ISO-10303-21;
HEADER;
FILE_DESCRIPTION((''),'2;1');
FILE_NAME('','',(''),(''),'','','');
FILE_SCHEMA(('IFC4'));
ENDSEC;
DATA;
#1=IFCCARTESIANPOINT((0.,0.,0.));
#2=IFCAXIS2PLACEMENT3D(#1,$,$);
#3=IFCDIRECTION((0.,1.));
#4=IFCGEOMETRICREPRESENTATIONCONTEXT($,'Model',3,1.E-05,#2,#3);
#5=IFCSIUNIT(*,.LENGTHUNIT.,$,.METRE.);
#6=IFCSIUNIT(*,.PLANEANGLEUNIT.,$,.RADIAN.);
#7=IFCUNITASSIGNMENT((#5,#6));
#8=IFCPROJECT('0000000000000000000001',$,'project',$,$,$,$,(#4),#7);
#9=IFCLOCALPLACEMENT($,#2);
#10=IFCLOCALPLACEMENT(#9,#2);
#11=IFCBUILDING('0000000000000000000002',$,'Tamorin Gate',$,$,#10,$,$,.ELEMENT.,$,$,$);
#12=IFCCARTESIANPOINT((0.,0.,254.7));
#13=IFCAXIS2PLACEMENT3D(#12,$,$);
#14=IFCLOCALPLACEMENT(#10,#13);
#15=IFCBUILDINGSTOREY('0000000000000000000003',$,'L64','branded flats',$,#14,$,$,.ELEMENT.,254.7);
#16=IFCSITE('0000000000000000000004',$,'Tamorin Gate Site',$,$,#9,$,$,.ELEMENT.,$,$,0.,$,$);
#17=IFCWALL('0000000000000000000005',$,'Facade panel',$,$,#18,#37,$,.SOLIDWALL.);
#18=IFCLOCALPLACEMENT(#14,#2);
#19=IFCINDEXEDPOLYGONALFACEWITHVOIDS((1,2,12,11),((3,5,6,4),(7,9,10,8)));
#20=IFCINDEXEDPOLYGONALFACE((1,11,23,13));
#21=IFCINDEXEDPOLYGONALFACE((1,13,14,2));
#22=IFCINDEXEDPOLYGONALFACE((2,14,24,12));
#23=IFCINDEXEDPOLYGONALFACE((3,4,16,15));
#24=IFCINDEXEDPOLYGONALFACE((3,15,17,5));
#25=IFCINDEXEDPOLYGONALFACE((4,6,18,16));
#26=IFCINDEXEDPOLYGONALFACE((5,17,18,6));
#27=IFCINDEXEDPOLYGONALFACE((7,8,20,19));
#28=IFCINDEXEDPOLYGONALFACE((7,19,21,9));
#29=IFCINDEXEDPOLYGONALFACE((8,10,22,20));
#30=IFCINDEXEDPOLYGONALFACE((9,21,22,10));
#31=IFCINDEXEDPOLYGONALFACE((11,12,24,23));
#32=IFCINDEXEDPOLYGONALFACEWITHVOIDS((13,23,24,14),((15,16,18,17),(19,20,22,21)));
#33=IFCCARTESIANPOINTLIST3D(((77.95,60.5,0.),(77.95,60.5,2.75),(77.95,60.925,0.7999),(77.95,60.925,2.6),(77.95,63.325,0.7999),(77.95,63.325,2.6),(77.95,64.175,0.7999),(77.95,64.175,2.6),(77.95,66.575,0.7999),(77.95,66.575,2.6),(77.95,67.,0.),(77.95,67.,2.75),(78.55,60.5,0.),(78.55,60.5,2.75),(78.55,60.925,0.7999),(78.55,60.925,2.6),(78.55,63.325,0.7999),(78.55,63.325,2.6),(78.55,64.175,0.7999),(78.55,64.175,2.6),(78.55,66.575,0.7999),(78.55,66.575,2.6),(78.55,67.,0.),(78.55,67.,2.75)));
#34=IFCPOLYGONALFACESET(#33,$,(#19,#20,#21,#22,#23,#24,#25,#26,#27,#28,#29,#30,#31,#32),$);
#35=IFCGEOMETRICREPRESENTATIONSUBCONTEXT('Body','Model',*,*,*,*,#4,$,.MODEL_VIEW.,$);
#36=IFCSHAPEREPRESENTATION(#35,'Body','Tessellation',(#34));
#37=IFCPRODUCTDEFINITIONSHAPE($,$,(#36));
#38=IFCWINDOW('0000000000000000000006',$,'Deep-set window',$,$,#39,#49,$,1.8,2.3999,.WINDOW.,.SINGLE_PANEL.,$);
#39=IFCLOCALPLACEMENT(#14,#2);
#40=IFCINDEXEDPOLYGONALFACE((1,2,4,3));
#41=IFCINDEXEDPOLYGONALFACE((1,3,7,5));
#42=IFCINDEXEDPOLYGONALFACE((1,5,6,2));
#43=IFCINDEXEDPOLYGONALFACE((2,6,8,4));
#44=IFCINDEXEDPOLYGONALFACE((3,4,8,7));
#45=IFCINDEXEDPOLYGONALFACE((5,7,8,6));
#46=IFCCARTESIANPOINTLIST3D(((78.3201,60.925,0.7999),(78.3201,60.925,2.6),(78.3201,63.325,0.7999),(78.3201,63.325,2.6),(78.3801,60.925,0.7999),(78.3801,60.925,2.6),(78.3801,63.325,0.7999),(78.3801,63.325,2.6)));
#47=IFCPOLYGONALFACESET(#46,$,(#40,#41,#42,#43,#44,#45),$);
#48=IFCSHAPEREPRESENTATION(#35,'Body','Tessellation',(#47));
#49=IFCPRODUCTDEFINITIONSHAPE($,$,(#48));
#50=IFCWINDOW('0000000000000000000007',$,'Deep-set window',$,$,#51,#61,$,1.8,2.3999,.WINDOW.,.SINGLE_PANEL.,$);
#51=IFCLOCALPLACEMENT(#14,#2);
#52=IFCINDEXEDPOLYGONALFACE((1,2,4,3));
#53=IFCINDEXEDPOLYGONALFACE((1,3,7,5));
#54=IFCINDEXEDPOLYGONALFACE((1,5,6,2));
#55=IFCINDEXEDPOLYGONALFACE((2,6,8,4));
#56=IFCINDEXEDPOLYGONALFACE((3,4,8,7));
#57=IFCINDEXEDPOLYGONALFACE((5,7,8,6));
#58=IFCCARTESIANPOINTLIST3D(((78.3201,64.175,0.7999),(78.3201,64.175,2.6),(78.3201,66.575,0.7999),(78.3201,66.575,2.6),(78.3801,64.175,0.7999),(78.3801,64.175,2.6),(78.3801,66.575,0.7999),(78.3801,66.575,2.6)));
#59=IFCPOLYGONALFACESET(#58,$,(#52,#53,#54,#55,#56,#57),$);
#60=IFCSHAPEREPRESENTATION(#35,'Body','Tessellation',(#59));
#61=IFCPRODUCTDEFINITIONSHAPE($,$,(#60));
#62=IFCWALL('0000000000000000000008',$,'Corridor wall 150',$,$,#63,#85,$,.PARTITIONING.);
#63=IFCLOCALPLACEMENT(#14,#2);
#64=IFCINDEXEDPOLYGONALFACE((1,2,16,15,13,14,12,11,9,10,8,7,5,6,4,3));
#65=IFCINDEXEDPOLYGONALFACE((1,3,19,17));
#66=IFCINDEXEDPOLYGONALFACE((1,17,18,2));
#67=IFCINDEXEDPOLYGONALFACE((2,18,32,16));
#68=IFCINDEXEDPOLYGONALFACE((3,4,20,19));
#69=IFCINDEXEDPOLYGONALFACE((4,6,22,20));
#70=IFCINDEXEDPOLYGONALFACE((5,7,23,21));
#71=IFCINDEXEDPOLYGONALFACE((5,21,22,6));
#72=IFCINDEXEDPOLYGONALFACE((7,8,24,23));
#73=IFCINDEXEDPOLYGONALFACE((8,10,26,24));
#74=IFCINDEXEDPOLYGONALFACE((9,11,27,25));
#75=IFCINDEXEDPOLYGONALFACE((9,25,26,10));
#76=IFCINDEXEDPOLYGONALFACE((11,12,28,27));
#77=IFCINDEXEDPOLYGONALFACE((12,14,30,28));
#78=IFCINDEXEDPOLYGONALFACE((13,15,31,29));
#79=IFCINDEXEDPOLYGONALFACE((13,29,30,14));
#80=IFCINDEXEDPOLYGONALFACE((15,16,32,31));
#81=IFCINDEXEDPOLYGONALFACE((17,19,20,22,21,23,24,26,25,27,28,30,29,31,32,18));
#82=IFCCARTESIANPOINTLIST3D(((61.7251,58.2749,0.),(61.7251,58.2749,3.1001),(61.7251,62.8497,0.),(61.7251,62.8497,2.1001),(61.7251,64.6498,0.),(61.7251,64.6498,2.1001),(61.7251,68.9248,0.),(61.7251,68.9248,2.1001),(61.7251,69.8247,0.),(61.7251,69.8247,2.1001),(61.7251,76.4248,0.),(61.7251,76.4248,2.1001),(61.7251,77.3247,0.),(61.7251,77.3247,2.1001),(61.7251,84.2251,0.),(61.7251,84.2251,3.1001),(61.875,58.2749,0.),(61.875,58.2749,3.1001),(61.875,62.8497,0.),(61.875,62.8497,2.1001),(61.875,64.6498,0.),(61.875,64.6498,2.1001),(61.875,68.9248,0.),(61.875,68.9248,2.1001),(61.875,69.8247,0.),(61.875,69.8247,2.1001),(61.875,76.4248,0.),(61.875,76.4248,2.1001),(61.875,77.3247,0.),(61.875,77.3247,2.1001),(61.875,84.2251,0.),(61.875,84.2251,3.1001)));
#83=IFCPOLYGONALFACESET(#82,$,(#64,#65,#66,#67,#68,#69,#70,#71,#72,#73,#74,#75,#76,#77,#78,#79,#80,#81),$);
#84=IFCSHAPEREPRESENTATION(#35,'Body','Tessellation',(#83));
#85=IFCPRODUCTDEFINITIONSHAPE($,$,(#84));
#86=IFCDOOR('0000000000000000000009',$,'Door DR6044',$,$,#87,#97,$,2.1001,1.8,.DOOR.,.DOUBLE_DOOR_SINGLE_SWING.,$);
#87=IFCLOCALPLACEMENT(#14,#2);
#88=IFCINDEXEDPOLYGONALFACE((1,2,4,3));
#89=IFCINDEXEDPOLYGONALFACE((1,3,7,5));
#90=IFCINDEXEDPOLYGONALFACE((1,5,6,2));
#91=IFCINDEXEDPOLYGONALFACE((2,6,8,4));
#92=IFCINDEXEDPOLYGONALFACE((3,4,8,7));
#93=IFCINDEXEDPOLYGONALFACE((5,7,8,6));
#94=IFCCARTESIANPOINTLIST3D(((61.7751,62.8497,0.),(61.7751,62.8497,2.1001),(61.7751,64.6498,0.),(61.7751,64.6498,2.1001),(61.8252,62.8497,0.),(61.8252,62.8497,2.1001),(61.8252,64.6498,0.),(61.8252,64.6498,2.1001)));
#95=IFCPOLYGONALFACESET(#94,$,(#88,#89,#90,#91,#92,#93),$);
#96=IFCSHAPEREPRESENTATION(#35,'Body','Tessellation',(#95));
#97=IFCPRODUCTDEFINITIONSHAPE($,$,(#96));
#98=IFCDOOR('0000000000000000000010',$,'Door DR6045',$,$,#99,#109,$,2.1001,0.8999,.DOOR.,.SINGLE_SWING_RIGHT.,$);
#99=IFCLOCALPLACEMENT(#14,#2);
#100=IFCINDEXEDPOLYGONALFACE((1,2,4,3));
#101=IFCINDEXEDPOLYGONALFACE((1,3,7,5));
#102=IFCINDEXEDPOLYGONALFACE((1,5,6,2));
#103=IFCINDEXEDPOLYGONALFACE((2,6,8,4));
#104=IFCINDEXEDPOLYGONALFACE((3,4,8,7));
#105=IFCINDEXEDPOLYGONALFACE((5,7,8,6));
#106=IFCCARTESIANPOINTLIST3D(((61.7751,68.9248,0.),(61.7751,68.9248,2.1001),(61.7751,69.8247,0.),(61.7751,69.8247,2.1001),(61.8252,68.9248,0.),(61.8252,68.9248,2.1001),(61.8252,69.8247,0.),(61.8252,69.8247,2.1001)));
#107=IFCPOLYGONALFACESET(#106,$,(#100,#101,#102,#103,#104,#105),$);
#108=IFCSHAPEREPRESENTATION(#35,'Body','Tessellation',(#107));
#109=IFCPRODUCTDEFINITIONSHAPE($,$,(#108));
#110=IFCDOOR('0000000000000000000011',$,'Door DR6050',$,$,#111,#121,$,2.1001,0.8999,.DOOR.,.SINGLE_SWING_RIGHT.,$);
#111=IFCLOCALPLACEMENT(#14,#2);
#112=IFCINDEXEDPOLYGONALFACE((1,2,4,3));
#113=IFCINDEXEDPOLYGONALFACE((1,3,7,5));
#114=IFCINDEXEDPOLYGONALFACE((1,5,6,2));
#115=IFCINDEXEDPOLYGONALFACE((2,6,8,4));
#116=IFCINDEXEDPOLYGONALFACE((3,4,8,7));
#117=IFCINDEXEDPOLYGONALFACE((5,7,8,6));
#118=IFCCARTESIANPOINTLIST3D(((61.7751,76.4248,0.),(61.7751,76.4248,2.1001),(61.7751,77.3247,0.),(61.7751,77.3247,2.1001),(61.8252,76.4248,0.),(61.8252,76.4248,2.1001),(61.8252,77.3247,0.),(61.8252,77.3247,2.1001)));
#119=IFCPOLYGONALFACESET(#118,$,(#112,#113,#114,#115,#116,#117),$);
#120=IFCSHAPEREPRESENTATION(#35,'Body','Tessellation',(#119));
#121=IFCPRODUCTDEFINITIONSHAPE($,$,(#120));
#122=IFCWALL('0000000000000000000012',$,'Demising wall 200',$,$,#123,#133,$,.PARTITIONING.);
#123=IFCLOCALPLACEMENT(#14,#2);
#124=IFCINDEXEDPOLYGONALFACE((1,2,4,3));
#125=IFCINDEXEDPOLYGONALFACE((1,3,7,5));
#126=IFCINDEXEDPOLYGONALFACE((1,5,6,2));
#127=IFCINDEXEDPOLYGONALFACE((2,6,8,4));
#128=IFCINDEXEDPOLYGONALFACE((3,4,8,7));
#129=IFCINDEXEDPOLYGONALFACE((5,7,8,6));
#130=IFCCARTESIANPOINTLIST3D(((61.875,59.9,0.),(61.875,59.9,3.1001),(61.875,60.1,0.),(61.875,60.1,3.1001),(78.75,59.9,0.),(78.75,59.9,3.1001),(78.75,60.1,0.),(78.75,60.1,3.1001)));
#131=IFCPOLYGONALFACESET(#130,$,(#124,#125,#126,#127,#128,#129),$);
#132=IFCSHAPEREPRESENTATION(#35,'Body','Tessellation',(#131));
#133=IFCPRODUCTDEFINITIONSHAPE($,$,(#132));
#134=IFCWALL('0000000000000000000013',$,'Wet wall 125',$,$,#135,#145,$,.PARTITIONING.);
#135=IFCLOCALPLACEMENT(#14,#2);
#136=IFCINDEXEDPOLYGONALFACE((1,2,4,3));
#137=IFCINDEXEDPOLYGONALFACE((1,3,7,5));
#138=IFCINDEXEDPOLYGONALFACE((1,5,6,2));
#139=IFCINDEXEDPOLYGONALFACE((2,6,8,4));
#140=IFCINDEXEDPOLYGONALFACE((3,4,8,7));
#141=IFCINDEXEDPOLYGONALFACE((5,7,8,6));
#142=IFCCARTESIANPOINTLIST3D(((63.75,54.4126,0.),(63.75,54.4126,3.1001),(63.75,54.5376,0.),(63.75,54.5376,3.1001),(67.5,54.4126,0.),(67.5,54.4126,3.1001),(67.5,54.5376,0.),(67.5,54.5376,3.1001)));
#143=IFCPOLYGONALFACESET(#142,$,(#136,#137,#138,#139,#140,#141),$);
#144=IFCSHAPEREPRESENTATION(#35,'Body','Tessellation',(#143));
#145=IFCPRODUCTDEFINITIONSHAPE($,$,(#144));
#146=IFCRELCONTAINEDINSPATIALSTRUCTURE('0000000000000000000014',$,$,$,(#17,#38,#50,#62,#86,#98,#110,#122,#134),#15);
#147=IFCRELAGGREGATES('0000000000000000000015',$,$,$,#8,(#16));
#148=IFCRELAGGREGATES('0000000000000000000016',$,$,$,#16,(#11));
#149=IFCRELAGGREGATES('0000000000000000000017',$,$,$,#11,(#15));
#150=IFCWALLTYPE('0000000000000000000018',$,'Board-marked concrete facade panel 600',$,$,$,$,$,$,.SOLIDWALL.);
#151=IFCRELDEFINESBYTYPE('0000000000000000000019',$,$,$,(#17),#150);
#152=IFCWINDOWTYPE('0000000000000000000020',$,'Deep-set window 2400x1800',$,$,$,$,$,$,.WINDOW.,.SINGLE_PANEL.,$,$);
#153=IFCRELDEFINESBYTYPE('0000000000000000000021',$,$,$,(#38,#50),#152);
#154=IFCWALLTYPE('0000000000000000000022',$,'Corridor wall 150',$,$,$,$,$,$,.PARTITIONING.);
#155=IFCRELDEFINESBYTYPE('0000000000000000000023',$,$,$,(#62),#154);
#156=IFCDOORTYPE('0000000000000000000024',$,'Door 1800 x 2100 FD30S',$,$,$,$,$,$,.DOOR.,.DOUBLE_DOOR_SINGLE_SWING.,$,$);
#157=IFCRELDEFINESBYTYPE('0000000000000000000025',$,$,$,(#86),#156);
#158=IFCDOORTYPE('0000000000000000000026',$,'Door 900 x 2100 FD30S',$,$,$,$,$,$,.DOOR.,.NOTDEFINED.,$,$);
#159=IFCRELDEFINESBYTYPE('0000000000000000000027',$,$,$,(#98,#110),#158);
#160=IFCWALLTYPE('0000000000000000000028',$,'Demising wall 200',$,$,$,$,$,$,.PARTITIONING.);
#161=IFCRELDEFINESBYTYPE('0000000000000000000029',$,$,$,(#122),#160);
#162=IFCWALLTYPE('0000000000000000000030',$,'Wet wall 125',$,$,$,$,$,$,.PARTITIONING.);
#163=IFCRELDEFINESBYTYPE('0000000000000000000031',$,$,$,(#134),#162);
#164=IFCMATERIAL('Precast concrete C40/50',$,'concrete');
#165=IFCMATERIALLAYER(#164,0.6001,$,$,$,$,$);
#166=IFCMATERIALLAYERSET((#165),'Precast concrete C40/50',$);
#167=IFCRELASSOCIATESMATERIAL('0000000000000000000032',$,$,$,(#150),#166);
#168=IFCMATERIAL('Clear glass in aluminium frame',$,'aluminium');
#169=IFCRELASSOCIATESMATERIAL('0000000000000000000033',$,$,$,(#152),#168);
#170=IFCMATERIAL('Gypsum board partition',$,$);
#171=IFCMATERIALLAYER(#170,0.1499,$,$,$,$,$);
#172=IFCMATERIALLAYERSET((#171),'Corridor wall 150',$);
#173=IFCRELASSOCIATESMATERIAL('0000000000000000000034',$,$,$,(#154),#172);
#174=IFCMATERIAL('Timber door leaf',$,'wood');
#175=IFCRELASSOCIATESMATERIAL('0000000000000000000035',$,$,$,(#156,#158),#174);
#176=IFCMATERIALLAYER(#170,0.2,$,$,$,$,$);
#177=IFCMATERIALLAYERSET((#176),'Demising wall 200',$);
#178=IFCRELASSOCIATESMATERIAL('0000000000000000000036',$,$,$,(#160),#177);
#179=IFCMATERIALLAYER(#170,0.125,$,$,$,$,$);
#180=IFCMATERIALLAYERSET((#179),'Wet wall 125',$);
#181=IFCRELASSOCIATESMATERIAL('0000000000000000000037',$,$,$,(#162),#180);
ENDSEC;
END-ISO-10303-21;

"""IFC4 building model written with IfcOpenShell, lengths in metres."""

from ifc_helpers import new_model, si_unit, direction, frame, frame_2d, origin, place, context, subcontext, project, spatial, rectangle, extrude, material, layer, layer_set, type_object, element, fill, save


model = new_model("IFC4")

# Units and contexts
model_context = context("Model", 3, precision=1e-05, world=origin(), true_north=direction((0.0, 1.0)))
body_context = subcontext(model_context, "Body", "Model", "MODEL_VIEW")
ifc_project = project(units=[si_unit("LENGTHUNIT", "METRE"), si_unit("PLANEANGLEUNIT", "RADIAN")], contexts=[model_context])

# Site, building, storey
site_placement = place(None, origin())
site = spatial("IfcSite", under=ifc_project, at=site_placement, Name="Tamorin Gate Site", CompositionType="ELEMENT", RefElevation=0.0)
building_placement = place(site_placement, origin())
building = spatial("IfcBuilding", under=site, at=building_placement, Name="Tamorin Gate", CompositionType="ELEMENT")
storey_placement = place(building_placement, frame((0.0, 0.0, 254.7)))
storey = spatial("IfcBuildingStorey", under=building, at=storey_placement, Name="L64", Description="branded flats", CompositionType="ELEMENT", Elevation=254.7)

# Wall, openings, windows
ifc_material_1 = material(Name="Precast concrete C40/50", Category="concrete")
ifc_layer_1 = layer(ifc_material_1, 0.6001)
ifc_layer_set_1 = layer_set([ifc_layer_1], Name="Precast concrete C40/50")
wall_type_1 = type_object("IfcWallType", Name="Board-marked concrete facade panel 600", PredefinedType="SOLIDWALL", material=ifc_layer_set_1)
ifc_material_2 = material(Name="Clear glass in aluminium frame", Category="aluminium")
window_type = type_object("IfcWindowType", Name="Deep-set window 2400x1800", PartitioningType="SINGLE_PANEL", PredefinedType="WINDOW", material=ifc_material_2)
wall_1_placement = place(storey_placement, frame((78.25, 60.5, 0.0), z_axis=(0.0, 0.0, 1.0), x_axis=(0.0, 1.0, 0.0)))
wall_1 = element("IfcWall", 1, at=wall_1_placement, inside=storey, type_object=wall_type_1, Name="Facade panel", PredefinedType="SOLIDWALL", context=body_context, shape_type="SweptSolid", body=[
    extrude(rectangle(XDim=6.5, YDim=0.6001, at=frame_2d((3.25, 0.0))), origin(), (0.0, 0.0, 1.0), 2.75),
])
opening_1_placement = place(wall_1_placement, frame((0.425, 0.0, 0.8)))
opening_1 = element("IfcOpeningElement", 2, at=opening_1_placement, cuts=wall_1, PredefinedType="OPENING", context=body_context, shape_type="SweptSolid", body=[
    extrude(rectangle(XDim=2.3999, YDim=1.8, at=frame_2d((1.2, 0.8999))), frame((0.0, 0.3101, 0.0), z_axis=(0.0, -1.0, 0.0), x_axis=(1.0, 0.0, 0.0)), (0.0, 0.0, 1.0), 0.6201),
])
opening_2_placement = place(wall_1_placement, frame((3.675, 0.0, 0.8)))
opening_2 = element("IfcOpeningElement", 3, at=opening_2_placement, cuts=wall_1, PredefinedType="OPENING", context=body_context, shape_type="SweptSolid", body=[
    extrude(rectangle(XDim=2.3999, YDim=1.8, at=frame_2d((1.2, 0.8999))), frame((0.0, 0.3101, 0.0), z_axis=(0.0, -1.0, 0.0), x_axis=(1.0, 0.0, 0.0)), (0.0, 0.0, 1.0), 0.6201),
])
window_1_placement = place(opening_1_placement, origin())
window_1 = element("IfcWindow", 4, at=window_1_placement, inside=storey, type_object=window_type, Name="Deep-set window", OverallHeight=1.8, OverallWidth=2.3999, PartitioningType="SINGLE_PANEL", PredefinedType="WINDOW", context=body_context, shape_type="SweptSolid", body=[
    extrude(rectangle(XDim=2.3999, YDim=1.8, at=frame_2d((1.2, 0.8999))), frame((0.0, -0.0701, 0.0), z_axis=(0.0, -1.0, 0.0), x_axis=(1.0, 0.0, 0.0)), (0.0, 0.0, 1.0), 0.0601),
])
fill(opening_1, window_1)
window_2_placement = place(opening_2_placement, origin())
window_2 = element("IfcWindow", 5, at=window_2_placement, inside=storey, type_object=window_type, Name="Deep-set window", OverallHeight=1.8, OverallWidth=2.3999, PartitioningType="SINGLE_PANEL", PredefinedType="WINDOW", context=body_context, shape_type="SweptSolid", body=[
    extrude(rectangle(XDim=2.3999, YDim=1.8, at=frame_2d((1.2, 0.8999))), frame((0.0, -0.0701, 0.0), z_axis=(0.0, -1.0, 0.0), x_axis=(1.0, 0.0, 0.0)), (0.0, 0.0, 1.0), 0.0601),
])
fill(opening_2, window_2)

# Wall, openings, doors
ifc_material_3 = material(Name="Gypsum board partition")
ifc_layer_2 = layer(ifc_material_3, 0.1499)
ifc_layer_set_2 = layer_set([ifc_layer_2], Name="Corridor wall 150")
wall_type_2 = type_object("IfcWallType", Name="Corridor wall 150", PredefinedType="PARTITIONING", material=ifc_layer_set_2)
wall_2_placement = place(storey_placement, frame((61.8, 58.2749, 0.0), z_axis=(0.0, 0.0, 1.0), x_axis=(0.0, 1.0, 0.0)))
wall_2 = element("IfcWall", 6, at=wall_2_placement, inside=storey, type_object=wall_type_2, Name="Corridor wall 150", PredefinedType="PARTITIONING", context=body_context, shape_type="SweptSolid", body=[
    extrude(rectangle(XDim=25.9502, YDim=0.1499, at=frame_2d((12.9751, 0.0))), origin(), (0.0, 0.0, 1.0), 3.1001),
])
opening_3_placement = place(wall_2_placement, frame((4.575, 0.0, 0.0)))
opening_3 = element("IfcOpeningElement", 7, at=opening_3_placement, cuts=wall_2, PredefinedType="OPENING", context=body_context, shape_type="SweptSolid", body=[
    extrude(rectangle(XDim=1.8, YDim=2.1001, at=frame_2d((0.8999, 1.05))), frame((0.0, 0.085, 0.0), z_axis=(0.0, -1.0, 0.0), x_axis=(1.0, 0.0, 0.0)), (0.0, 0.0, 1.0), 0.1699),
])
opening_4_placement = place(wall_2_placement, frame((10.6499, 0.0, 0.0)))
opening_4 = element("IfcOpeningElement", 8, at=opening_4_placement, cuts=wall_2, PredefinedType="OPENING", context=body_context, shape_type="SweptSolid", body=[
    extrude(rectangle(XDim=0.8999, YDim=2.1001, at=frame_2d((0.45, 1.05))), frame((0.0, 0.085, 0.0), z_axis=(0.0, -1.0, 0.0), x_axis=(1.0, 0.0, 0.0)), (0.0, 0.0, 1.0), 0.1699),
])
opening_5_placement = place(wall_2_placement, frame((18.1499, 0.0, 0.0)))
opening_5 = element("IfcOpeningElement", 9, at=opening_5_placement, cuts=wall_2, PredefinedType="OPENING", context=body_context, shape_type="SweptSolid", body=[
    extrude(rectangle(XDim=0.8999, YDim=2.1001, at=frame_2d((0.45, 1.05))), frame((0.0, 0.085, 0.0), z_axis=(0.0, -1.0, 0.0), x_axis=(1.0, 0.0, 0.0)), (0.0, 0.0, 1.0), 0.1699),
])
ifc_material_4 = material(Name="Timber door leaf", Category="wood")
door_type_1 = type_object("IfcDoorType", Name="Door 1800 x 2100 FD30S", OperationType="DOUBLE_DOOR_SINGLE_SWING", PredefinedType="DOOR", material=ifc_material_4)
door_1_placement = place(opening_3_placement, origin())
door_1 = element("IfcDoor", 10, at=door_1_placement, inside=storey, type_object=door_type_1, Name="Door DR6044", OperationType="DOUBLE_DOOR_SINGLE_SWING", OverallHeight=2.1001, OverallWidth=1.8, PredefinedType="DOOR", context=body_context, shape_type="SweptSolid", body=[
    extrude(rectangle(XDim=1.8, YDim=2.1001, at=frame_2d((0.8999, 1.05))), frame((0.0, 0.0249, 0.0), z_axis=(0.0, -1.0, 0.0), x_axis=(1.0, 0.0, 0.0)), (0.0, 0.0, 1.0), 0.05),
])
fill(opening_3, door_1)
door_type_2 = type_object("IfcDoorType", Name="Door 900 x 2100 FD30S", OperationType="NOTDEFINED", PredefinedType="DOOR", material=ifc_material_4)
door_2_placement = place(opening_4_placement, origin())
door_2 = element("IfcDoor", 11, at=door_2_placement, inside=storey, type_object=door_type_2, Name="Door DR6045", OperationType="SINGLE_SWING_RIGHT", OverallHeight=2.1001, OverallWidth=0.8999, PredefinedType="DOOR", context=body_context, shape_type="SweptSolid", body=[
    extrude(rectangle(XDim=0.8999, YDim=2.1001, at=frame_2d((0.45, 1.05))), frame((0.0, 0.0249, 0.0), z_axis=(0.0, -1.0, 0.0), x_axis=(1.0, 0.0, 0.0)), (0.0, 0.0, 1.0), 0.05),
])
fill(opening_4, door_2)
door_3_placement = place(opening_5_placement, origin())
door_3 = element("IfcDoor", 12, at=door_3_placement, inside=storey, type_object=door_type_2, Name="Door DR6050", OperationType="SINGLE_SWING_RIGHT", OverallHeight=2.1001, OverallWidth=0.8999, PredefinedType="DOOR", context=body_context, shape_type="SweptSolid", body=[
    extrude(rectangle(XDim=0.8999, YDim=2.1001, at=frame_2d((0.45, 1.05))), frame((0.0, 0.0249, 0.0), z_axis=(0.0, -1.0, 0.0), x_axis=(1.0, 0.0, 0.0)), (0.0, 0.0, 1.0), 0.05),
])
fill(opening_5, door_3)

# Walls
ifc_layer_3 = layer(ifc_material_3, 0.2)
ifc_layer_set_3 = layer_set([ifc_layer_3], Name="Demising wall 200")
wall_type_3 = type_object("IfcWallType", Name="Demising wall 200", PredefinedType="PARTITIONING", material=ifc_layer_set_3)
wall_3_placement = place(storey_placement, frame((61.875, 60.0, 0.0), z_axis=(0.0, 0.0, 1.0), x_axis=(1.0, 0.0, 0.0)))
element("IfcWall", 13, at=wall_3_placement, inside=storey, type_object=wall_type_3, Name="Demising wall 200", PredefinedType="PARTITIONING", context=body_context, shape_type="SweptSolid", body=[
    extrude(rectangle(XDim=16.875, YDim=0.2, at=frame_2d((8.4375, 0.0))), origin(), (0.0, 0.0, 1.0), 3.1001),
])
ifc_layer_4 = layer(ifc_material_3, 0.125)
ifc_layer_set_4 = layer_set([ifc_layer_4], Name="Wet wall 125")
wall_type_4 = type_object("IfcWallType", Name="Wet wall 125", PredefinedType="PARTITIONING", material=ifc_layer_set_4)
wall_4_placement = place(storey_placement, frame((63.75, 54.4751, 0.0), z_axis=(0.0, 0.0, 1.0), x_axis=(1.0, 0.0, 0.0)))
element("IfcWall", 14, at=wall_4_placement, inside=storey, type_object=wall_type_4, Name="Wet wall 125", PredefinedType="PARTITIONING", context=body_context, shape_type="SweptSolid", body=[
    extrude(rectangle(XDim=3.75, YDim=0.125, at=frame_2d((1.875, 0.0))), origin(), (0.0, 0.0, 1.0), 3.1001),
])

save(model, "model.ifc")
